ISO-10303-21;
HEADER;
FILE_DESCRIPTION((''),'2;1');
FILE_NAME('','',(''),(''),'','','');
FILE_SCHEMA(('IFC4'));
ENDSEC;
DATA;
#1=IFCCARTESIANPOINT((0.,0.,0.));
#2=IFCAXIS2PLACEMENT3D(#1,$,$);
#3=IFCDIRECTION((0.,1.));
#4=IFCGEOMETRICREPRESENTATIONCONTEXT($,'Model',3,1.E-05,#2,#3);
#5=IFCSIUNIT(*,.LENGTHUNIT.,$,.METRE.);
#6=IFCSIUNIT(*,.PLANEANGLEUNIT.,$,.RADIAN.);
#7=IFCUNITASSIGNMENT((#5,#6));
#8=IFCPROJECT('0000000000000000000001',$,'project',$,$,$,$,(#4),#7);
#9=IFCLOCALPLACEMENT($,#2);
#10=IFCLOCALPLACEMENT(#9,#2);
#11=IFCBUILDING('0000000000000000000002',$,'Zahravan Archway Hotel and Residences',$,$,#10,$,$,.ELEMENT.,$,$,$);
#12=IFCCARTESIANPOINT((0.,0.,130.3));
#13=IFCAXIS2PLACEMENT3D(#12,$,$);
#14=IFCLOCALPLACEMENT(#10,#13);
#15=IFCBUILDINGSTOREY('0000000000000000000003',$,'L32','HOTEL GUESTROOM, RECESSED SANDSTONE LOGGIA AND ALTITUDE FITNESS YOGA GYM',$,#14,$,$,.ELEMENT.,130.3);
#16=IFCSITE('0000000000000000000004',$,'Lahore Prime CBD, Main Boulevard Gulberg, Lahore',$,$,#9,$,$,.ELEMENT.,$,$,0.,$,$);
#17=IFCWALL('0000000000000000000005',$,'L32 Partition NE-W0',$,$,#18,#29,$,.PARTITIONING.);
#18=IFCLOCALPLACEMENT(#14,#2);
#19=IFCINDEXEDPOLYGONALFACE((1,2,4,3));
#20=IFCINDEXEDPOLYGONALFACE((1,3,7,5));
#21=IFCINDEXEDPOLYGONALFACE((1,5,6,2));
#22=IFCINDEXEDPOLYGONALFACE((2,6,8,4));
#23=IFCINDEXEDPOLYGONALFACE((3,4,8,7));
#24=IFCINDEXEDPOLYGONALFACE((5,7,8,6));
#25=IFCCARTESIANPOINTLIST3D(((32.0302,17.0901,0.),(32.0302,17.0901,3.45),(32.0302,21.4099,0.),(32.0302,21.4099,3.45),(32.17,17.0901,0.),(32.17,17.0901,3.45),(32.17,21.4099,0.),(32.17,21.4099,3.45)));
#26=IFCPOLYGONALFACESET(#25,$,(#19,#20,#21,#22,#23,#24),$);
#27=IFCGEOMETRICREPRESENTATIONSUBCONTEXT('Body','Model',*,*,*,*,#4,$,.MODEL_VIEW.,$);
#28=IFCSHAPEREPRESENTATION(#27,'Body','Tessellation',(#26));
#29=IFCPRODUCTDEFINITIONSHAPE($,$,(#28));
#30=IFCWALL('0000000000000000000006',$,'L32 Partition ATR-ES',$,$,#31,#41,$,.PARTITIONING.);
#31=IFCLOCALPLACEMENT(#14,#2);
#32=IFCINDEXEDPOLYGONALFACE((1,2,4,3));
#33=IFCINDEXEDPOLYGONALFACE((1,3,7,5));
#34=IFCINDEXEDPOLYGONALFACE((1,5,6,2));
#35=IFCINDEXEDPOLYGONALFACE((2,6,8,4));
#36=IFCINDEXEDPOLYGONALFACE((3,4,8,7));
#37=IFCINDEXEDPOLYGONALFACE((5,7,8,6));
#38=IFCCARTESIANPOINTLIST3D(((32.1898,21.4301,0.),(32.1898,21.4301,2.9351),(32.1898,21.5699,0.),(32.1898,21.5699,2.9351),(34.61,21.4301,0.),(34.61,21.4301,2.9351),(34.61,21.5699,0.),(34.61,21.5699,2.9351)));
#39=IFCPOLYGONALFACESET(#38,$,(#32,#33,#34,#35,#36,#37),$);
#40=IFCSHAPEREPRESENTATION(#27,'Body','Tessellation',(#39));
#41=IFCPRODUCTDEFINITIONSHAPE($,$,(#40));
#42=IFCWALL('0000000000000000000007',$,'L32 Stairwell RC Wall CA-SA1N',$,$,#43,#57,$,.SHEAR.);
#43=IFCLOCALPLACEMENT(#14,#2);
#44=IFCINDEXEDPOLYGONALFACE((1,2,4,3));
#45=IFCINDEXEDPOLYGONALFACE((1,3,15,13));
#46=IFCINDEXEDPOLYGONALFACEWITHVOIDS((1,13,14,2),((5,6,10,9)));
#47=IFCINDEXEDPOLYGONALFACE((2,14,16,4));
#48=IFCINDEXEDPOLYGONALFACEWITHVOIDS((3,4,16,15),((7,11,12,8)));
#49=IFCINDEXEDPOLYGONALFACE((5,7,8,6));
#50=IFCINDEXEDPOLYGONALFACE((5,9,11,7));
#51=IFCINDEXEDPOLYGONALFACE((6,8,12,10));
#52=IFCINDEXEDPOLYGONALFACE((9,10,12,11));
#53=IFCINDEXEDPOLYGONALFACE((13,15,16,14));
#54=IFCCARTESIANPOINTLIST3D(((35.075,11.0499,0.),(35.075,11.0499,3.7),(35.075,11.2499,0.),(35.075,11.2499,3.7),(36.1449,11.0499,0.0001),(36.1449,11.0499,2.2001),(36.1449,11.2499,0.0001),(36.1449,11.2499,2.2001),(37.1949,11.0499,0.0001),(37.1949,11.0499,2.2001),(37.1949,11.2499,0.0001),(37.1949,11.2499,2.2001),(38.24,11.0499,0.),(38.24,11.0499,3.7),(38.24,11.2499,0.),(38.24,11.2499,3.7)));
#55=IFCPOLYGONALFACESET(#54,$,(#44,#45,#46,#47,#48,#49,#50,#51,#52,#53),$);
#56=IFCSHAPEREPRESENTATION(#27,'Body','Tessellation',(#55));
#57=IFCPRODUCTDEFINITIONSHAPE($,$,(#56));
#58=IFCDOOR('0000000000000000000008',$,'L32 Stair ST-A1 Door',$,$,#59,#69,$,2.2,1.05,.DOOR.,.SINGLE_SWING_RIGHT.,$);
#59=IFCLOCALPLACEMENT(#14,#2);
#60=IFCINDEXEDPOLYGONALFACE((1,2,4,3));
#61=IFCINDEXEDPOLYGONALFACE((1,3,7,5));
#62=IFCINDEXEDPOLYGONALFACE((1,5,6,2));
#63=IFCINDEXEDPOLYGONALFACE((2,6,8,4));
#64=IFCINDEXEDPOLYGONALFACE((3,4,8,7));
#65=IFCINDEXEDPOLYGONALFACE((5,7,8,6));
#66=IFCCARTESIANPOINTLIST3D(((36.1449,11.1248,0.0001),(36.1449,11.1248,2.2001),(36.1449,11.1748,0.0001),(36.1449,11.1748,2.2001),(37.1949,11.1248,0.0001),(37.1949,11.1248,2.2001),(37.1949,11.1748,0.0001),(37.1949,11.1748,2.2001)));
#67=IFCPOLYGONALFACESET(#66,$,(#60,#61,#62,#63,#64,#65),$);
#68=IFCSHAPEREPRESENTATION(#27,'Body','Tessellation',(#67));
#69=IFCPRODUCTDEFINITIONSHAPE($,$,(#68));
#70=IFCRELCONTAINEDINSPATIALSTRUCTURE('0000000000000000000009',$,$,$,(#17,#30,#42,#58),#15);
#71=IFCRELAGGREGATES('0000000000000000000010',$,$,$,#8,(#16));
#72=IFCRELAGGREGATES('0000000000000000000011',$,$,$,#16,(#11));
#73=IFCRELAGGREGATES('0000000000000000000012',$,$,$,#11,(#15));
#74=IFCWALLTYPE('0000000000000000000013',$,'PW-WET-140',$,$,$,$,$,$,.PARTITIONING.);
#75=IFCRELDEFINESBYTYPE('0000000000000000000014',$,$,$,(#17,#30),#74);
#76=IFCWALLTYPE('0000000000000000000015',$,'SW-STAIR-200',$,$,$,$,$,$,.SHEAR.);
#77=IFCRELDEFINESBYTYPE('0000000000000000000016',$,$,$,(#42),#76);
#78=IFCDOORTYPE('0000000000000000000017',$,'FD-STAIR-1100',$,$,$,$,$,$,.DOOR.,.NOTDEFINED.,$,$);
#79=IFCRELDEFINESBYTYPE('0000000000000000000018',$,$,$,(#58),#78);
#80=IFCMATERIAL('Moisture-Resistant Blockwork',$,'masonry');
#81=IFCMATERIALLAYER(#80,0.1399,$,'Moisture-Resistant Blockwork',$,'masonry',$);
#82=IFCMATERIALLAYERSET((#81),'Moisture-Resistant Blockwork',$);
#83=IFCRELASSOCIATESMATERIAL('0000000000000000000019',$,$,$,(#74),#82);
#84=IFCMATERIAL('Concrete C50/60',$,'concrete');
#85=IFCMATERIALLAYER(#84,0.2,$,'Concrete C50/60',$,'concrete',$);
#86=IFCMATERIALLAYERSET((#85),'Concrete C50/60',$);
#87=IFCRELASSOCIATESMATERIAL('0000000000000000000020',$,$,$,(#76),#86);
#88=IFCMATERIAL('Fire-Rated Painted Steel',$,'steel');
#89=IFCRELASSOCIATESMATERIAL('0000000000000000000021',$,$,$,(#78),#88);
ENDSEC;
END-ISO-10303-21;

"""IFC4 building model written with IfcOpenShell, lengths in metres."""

from ifc_helpers import new_model, si_unit, direction, frame, frame_2d, origin, place, context, subcontext, project, spatial, rectangle, extrude, source, transform, mapped, material, layer, layer_set, type_object, type_shapes, element, fill, save


model = new_model("IFC4")

# Units and contexts
model_context = context("Model", 3, precision=1e-05, world=origin(), true_north=direction((0.0, 1.0)))
body_context = subcontext(model_context, "Body", "Model", "MODEL_VIEW")
ifc_project = project(units=[si_unit("LENGTHUNIT", "METRE"), si_unit("PLANEANGLEUNIT", "RADIAN")], contexts=[model_context])

# Site, building, storey
site_placement = place(None, origin())
site = spatial("IfcSite", under=ifc_project, at=site_placement, Name="Lahore Prime CBD, Main Boulevard Gulberg, Lahore", CompositionType="ELEMENT", RefElevation=0.0)
building_placement = place(site_placement, origin())
building = spatial("IfcBuilding", under=site, at=building_placement, Name="Zahravan Archway Hotel and Residences", CompositionType="ELEMENT")
storey_placement = place(building_placement, frame((0.0, 0.0, 130.3)))
storey = spatial("IfcBuildingStorey", under=building, at=storey_placement, Name="L32", Description="HOTEL GUESTROOM, RECESSED SANDSTONE LOGGIA AND ALTITUDE FITNESS YOGA GYM", CompositionType="ELEMENT", Elevation=130.3)

# Shared definitions
ifc_material_1 = material(Name="Fire-Rated Painted Steel", Category="steel")

# Walls
ifc_material_2 = material(Name="Moisture-Resistant Blockwork", Category="masonry")
ifc_layer_1 = layer(ifc_material_2, 0.1399, Name="Moisture-Resistant Blockwork", Category="masonry")
ifc_layer_set_1 = layer_set([ifc_layer_1], Name="Moisture-Resistant Blockwork")
wall_type_1 = type_object("IfcWallType", Name="PW-WET-140", PredefinedType="PARTITIONING", material=ifc_layer_set_1)
wall_1_placement = place(storey_placement, frame((32.1001, 17.0901, 0.0), z_axis=(0.0, 0.0, 1.0), x_axis=(0.0, 1.0, 0.0)))
element("IfcWall", 1, at=wall_1_placement, inside=storey, type_object=wall_type_1, Name="L32 Partition NE-W0", PredefinedType="PARTITIONING", context=body_context, shape_type="SweptSolid", body=[
    extrude(rectangle(XDim=4.3198, YDim=0.1399, at=frame_2d((2.1599, 0.0))), origin(), (0.0, 0.0, 1.0), 3.45),
])
wall_2_placement = place(storey_placement, frame((32.1899, 21.5, 0.0), z_axis=(0.0, 0.0, 1.0), x_axis=(1.0, 0.0, 0.0)))
element("IfcWall", 2, at=wall_2_placement, inside=storey, type_object=wall_type_1, Name="L32 Partition ATR-ES", PredefinedType="PARTITIONING", context=body_context, shape_type="SweptSolid", body=[
    extrude(rectangle(XDim=2.4202, YDim=0.1399, at=frame_2d((1.21, 0.0))), origin(), (0.0, 0.0, 1.0), 2.9351),
])

# Wall, opening, door
ifc_material_3 = material(Name="Concrete C50/60", Category="concrete")
ifc_layer_2 = layer(ifc_material_3, 0.2, Name="Concrete C50/60", Category="concrete")
ifc_layer_set_2 = layer_set([ifc_layer_2], Name="Concrete C50/60")
wall_type_2 = type_object("IfcWallType", Name="SW-STAIR-200", PredefinedType="SHEAR", material=ifc_layer_set_2)
wall_3_placement = place(storey_placement, frame((35.075, 11.1499, 0.0), z_axis=(0.0, 0.0, 1.0), x_axis=(1.0, 0.0, 0.0)))
wall_3 = element("IfcWall", 3, at=wall_3_placement, inside=storey, type_object=wall_type_2, Name="L32 Stairwell RC Wall CA-SA1N", PredefinedType="SHEAR", context=body_context, shape_type="SweptSolid", body=[
    extrude(rectangle(XDim=3.165, YDim=0.2, at=frame_2d((1.5825, 0.0))), origin(), (0.0, 0.0, 1.0), 3.7),
])
opening_1_placement = place(wall_3_placement, frame((1.0701, 0.0, 0.0)))
opening_1 = element("IfcOpeningElement", 4, at=opening_1_placement, cuts=wall_3, PredefinedType="OPENING", context=body_context, shape_type="SweptSolid", body=[
    extrude(rectangle(XDim=1.05, YDim=2.2, at=frame_2d((0.5249, 1.1001))), frame((0.0, 0.1099, 0.0), z_axis=(0.0, -1.0, 0.0), x_axis=(1.0, 0.0, 0.0)), (0.0, 0.0, 1.0), 0.22),
])
door_type_1 = type_object("IfcDoorType", Name="FD-STAIR-1100", OperationType="NOTDEFINED", PredefinedType="DOOR", material=ifc_material_1)
shared_shape_1 = source(origin(), body_context, "Body", "SweptSolid", [
    extrude(rectangle(XDim=1.05, YDim=2.2, at=frame_2d((0.5249, 1.1001))), frame((0.0, 0.0249, 0.0), z_axis=(0.0, -1.0, 0.0), x_axis=(1.0, 0.0, 0.0)), (0.0, 0.0, 1.0), 0.05),
])
type_shapes(door_type_1, [shared_shape_1])
door_1_placement = place(opening_1_placement, origin())
door_1 = element("IfcDoor", 5, at=door_1_placement, inside=storey, type_object=door_type_1, Name="L32 Stair ST-A1 Door", OperationType="SINGLE_SWING_RIGHT", OverallHeight=2.2, OverallWidth=1.05, PredefinedType="DOOR", context=body_context, shape_type="MappedRepresentation", body=[
    mapped(shared_shape_1, transform((0.0, 0.0, 0.0), scale=1.0)),
])
fill(opening_1, door_1)

save(model, "model.ifc")
